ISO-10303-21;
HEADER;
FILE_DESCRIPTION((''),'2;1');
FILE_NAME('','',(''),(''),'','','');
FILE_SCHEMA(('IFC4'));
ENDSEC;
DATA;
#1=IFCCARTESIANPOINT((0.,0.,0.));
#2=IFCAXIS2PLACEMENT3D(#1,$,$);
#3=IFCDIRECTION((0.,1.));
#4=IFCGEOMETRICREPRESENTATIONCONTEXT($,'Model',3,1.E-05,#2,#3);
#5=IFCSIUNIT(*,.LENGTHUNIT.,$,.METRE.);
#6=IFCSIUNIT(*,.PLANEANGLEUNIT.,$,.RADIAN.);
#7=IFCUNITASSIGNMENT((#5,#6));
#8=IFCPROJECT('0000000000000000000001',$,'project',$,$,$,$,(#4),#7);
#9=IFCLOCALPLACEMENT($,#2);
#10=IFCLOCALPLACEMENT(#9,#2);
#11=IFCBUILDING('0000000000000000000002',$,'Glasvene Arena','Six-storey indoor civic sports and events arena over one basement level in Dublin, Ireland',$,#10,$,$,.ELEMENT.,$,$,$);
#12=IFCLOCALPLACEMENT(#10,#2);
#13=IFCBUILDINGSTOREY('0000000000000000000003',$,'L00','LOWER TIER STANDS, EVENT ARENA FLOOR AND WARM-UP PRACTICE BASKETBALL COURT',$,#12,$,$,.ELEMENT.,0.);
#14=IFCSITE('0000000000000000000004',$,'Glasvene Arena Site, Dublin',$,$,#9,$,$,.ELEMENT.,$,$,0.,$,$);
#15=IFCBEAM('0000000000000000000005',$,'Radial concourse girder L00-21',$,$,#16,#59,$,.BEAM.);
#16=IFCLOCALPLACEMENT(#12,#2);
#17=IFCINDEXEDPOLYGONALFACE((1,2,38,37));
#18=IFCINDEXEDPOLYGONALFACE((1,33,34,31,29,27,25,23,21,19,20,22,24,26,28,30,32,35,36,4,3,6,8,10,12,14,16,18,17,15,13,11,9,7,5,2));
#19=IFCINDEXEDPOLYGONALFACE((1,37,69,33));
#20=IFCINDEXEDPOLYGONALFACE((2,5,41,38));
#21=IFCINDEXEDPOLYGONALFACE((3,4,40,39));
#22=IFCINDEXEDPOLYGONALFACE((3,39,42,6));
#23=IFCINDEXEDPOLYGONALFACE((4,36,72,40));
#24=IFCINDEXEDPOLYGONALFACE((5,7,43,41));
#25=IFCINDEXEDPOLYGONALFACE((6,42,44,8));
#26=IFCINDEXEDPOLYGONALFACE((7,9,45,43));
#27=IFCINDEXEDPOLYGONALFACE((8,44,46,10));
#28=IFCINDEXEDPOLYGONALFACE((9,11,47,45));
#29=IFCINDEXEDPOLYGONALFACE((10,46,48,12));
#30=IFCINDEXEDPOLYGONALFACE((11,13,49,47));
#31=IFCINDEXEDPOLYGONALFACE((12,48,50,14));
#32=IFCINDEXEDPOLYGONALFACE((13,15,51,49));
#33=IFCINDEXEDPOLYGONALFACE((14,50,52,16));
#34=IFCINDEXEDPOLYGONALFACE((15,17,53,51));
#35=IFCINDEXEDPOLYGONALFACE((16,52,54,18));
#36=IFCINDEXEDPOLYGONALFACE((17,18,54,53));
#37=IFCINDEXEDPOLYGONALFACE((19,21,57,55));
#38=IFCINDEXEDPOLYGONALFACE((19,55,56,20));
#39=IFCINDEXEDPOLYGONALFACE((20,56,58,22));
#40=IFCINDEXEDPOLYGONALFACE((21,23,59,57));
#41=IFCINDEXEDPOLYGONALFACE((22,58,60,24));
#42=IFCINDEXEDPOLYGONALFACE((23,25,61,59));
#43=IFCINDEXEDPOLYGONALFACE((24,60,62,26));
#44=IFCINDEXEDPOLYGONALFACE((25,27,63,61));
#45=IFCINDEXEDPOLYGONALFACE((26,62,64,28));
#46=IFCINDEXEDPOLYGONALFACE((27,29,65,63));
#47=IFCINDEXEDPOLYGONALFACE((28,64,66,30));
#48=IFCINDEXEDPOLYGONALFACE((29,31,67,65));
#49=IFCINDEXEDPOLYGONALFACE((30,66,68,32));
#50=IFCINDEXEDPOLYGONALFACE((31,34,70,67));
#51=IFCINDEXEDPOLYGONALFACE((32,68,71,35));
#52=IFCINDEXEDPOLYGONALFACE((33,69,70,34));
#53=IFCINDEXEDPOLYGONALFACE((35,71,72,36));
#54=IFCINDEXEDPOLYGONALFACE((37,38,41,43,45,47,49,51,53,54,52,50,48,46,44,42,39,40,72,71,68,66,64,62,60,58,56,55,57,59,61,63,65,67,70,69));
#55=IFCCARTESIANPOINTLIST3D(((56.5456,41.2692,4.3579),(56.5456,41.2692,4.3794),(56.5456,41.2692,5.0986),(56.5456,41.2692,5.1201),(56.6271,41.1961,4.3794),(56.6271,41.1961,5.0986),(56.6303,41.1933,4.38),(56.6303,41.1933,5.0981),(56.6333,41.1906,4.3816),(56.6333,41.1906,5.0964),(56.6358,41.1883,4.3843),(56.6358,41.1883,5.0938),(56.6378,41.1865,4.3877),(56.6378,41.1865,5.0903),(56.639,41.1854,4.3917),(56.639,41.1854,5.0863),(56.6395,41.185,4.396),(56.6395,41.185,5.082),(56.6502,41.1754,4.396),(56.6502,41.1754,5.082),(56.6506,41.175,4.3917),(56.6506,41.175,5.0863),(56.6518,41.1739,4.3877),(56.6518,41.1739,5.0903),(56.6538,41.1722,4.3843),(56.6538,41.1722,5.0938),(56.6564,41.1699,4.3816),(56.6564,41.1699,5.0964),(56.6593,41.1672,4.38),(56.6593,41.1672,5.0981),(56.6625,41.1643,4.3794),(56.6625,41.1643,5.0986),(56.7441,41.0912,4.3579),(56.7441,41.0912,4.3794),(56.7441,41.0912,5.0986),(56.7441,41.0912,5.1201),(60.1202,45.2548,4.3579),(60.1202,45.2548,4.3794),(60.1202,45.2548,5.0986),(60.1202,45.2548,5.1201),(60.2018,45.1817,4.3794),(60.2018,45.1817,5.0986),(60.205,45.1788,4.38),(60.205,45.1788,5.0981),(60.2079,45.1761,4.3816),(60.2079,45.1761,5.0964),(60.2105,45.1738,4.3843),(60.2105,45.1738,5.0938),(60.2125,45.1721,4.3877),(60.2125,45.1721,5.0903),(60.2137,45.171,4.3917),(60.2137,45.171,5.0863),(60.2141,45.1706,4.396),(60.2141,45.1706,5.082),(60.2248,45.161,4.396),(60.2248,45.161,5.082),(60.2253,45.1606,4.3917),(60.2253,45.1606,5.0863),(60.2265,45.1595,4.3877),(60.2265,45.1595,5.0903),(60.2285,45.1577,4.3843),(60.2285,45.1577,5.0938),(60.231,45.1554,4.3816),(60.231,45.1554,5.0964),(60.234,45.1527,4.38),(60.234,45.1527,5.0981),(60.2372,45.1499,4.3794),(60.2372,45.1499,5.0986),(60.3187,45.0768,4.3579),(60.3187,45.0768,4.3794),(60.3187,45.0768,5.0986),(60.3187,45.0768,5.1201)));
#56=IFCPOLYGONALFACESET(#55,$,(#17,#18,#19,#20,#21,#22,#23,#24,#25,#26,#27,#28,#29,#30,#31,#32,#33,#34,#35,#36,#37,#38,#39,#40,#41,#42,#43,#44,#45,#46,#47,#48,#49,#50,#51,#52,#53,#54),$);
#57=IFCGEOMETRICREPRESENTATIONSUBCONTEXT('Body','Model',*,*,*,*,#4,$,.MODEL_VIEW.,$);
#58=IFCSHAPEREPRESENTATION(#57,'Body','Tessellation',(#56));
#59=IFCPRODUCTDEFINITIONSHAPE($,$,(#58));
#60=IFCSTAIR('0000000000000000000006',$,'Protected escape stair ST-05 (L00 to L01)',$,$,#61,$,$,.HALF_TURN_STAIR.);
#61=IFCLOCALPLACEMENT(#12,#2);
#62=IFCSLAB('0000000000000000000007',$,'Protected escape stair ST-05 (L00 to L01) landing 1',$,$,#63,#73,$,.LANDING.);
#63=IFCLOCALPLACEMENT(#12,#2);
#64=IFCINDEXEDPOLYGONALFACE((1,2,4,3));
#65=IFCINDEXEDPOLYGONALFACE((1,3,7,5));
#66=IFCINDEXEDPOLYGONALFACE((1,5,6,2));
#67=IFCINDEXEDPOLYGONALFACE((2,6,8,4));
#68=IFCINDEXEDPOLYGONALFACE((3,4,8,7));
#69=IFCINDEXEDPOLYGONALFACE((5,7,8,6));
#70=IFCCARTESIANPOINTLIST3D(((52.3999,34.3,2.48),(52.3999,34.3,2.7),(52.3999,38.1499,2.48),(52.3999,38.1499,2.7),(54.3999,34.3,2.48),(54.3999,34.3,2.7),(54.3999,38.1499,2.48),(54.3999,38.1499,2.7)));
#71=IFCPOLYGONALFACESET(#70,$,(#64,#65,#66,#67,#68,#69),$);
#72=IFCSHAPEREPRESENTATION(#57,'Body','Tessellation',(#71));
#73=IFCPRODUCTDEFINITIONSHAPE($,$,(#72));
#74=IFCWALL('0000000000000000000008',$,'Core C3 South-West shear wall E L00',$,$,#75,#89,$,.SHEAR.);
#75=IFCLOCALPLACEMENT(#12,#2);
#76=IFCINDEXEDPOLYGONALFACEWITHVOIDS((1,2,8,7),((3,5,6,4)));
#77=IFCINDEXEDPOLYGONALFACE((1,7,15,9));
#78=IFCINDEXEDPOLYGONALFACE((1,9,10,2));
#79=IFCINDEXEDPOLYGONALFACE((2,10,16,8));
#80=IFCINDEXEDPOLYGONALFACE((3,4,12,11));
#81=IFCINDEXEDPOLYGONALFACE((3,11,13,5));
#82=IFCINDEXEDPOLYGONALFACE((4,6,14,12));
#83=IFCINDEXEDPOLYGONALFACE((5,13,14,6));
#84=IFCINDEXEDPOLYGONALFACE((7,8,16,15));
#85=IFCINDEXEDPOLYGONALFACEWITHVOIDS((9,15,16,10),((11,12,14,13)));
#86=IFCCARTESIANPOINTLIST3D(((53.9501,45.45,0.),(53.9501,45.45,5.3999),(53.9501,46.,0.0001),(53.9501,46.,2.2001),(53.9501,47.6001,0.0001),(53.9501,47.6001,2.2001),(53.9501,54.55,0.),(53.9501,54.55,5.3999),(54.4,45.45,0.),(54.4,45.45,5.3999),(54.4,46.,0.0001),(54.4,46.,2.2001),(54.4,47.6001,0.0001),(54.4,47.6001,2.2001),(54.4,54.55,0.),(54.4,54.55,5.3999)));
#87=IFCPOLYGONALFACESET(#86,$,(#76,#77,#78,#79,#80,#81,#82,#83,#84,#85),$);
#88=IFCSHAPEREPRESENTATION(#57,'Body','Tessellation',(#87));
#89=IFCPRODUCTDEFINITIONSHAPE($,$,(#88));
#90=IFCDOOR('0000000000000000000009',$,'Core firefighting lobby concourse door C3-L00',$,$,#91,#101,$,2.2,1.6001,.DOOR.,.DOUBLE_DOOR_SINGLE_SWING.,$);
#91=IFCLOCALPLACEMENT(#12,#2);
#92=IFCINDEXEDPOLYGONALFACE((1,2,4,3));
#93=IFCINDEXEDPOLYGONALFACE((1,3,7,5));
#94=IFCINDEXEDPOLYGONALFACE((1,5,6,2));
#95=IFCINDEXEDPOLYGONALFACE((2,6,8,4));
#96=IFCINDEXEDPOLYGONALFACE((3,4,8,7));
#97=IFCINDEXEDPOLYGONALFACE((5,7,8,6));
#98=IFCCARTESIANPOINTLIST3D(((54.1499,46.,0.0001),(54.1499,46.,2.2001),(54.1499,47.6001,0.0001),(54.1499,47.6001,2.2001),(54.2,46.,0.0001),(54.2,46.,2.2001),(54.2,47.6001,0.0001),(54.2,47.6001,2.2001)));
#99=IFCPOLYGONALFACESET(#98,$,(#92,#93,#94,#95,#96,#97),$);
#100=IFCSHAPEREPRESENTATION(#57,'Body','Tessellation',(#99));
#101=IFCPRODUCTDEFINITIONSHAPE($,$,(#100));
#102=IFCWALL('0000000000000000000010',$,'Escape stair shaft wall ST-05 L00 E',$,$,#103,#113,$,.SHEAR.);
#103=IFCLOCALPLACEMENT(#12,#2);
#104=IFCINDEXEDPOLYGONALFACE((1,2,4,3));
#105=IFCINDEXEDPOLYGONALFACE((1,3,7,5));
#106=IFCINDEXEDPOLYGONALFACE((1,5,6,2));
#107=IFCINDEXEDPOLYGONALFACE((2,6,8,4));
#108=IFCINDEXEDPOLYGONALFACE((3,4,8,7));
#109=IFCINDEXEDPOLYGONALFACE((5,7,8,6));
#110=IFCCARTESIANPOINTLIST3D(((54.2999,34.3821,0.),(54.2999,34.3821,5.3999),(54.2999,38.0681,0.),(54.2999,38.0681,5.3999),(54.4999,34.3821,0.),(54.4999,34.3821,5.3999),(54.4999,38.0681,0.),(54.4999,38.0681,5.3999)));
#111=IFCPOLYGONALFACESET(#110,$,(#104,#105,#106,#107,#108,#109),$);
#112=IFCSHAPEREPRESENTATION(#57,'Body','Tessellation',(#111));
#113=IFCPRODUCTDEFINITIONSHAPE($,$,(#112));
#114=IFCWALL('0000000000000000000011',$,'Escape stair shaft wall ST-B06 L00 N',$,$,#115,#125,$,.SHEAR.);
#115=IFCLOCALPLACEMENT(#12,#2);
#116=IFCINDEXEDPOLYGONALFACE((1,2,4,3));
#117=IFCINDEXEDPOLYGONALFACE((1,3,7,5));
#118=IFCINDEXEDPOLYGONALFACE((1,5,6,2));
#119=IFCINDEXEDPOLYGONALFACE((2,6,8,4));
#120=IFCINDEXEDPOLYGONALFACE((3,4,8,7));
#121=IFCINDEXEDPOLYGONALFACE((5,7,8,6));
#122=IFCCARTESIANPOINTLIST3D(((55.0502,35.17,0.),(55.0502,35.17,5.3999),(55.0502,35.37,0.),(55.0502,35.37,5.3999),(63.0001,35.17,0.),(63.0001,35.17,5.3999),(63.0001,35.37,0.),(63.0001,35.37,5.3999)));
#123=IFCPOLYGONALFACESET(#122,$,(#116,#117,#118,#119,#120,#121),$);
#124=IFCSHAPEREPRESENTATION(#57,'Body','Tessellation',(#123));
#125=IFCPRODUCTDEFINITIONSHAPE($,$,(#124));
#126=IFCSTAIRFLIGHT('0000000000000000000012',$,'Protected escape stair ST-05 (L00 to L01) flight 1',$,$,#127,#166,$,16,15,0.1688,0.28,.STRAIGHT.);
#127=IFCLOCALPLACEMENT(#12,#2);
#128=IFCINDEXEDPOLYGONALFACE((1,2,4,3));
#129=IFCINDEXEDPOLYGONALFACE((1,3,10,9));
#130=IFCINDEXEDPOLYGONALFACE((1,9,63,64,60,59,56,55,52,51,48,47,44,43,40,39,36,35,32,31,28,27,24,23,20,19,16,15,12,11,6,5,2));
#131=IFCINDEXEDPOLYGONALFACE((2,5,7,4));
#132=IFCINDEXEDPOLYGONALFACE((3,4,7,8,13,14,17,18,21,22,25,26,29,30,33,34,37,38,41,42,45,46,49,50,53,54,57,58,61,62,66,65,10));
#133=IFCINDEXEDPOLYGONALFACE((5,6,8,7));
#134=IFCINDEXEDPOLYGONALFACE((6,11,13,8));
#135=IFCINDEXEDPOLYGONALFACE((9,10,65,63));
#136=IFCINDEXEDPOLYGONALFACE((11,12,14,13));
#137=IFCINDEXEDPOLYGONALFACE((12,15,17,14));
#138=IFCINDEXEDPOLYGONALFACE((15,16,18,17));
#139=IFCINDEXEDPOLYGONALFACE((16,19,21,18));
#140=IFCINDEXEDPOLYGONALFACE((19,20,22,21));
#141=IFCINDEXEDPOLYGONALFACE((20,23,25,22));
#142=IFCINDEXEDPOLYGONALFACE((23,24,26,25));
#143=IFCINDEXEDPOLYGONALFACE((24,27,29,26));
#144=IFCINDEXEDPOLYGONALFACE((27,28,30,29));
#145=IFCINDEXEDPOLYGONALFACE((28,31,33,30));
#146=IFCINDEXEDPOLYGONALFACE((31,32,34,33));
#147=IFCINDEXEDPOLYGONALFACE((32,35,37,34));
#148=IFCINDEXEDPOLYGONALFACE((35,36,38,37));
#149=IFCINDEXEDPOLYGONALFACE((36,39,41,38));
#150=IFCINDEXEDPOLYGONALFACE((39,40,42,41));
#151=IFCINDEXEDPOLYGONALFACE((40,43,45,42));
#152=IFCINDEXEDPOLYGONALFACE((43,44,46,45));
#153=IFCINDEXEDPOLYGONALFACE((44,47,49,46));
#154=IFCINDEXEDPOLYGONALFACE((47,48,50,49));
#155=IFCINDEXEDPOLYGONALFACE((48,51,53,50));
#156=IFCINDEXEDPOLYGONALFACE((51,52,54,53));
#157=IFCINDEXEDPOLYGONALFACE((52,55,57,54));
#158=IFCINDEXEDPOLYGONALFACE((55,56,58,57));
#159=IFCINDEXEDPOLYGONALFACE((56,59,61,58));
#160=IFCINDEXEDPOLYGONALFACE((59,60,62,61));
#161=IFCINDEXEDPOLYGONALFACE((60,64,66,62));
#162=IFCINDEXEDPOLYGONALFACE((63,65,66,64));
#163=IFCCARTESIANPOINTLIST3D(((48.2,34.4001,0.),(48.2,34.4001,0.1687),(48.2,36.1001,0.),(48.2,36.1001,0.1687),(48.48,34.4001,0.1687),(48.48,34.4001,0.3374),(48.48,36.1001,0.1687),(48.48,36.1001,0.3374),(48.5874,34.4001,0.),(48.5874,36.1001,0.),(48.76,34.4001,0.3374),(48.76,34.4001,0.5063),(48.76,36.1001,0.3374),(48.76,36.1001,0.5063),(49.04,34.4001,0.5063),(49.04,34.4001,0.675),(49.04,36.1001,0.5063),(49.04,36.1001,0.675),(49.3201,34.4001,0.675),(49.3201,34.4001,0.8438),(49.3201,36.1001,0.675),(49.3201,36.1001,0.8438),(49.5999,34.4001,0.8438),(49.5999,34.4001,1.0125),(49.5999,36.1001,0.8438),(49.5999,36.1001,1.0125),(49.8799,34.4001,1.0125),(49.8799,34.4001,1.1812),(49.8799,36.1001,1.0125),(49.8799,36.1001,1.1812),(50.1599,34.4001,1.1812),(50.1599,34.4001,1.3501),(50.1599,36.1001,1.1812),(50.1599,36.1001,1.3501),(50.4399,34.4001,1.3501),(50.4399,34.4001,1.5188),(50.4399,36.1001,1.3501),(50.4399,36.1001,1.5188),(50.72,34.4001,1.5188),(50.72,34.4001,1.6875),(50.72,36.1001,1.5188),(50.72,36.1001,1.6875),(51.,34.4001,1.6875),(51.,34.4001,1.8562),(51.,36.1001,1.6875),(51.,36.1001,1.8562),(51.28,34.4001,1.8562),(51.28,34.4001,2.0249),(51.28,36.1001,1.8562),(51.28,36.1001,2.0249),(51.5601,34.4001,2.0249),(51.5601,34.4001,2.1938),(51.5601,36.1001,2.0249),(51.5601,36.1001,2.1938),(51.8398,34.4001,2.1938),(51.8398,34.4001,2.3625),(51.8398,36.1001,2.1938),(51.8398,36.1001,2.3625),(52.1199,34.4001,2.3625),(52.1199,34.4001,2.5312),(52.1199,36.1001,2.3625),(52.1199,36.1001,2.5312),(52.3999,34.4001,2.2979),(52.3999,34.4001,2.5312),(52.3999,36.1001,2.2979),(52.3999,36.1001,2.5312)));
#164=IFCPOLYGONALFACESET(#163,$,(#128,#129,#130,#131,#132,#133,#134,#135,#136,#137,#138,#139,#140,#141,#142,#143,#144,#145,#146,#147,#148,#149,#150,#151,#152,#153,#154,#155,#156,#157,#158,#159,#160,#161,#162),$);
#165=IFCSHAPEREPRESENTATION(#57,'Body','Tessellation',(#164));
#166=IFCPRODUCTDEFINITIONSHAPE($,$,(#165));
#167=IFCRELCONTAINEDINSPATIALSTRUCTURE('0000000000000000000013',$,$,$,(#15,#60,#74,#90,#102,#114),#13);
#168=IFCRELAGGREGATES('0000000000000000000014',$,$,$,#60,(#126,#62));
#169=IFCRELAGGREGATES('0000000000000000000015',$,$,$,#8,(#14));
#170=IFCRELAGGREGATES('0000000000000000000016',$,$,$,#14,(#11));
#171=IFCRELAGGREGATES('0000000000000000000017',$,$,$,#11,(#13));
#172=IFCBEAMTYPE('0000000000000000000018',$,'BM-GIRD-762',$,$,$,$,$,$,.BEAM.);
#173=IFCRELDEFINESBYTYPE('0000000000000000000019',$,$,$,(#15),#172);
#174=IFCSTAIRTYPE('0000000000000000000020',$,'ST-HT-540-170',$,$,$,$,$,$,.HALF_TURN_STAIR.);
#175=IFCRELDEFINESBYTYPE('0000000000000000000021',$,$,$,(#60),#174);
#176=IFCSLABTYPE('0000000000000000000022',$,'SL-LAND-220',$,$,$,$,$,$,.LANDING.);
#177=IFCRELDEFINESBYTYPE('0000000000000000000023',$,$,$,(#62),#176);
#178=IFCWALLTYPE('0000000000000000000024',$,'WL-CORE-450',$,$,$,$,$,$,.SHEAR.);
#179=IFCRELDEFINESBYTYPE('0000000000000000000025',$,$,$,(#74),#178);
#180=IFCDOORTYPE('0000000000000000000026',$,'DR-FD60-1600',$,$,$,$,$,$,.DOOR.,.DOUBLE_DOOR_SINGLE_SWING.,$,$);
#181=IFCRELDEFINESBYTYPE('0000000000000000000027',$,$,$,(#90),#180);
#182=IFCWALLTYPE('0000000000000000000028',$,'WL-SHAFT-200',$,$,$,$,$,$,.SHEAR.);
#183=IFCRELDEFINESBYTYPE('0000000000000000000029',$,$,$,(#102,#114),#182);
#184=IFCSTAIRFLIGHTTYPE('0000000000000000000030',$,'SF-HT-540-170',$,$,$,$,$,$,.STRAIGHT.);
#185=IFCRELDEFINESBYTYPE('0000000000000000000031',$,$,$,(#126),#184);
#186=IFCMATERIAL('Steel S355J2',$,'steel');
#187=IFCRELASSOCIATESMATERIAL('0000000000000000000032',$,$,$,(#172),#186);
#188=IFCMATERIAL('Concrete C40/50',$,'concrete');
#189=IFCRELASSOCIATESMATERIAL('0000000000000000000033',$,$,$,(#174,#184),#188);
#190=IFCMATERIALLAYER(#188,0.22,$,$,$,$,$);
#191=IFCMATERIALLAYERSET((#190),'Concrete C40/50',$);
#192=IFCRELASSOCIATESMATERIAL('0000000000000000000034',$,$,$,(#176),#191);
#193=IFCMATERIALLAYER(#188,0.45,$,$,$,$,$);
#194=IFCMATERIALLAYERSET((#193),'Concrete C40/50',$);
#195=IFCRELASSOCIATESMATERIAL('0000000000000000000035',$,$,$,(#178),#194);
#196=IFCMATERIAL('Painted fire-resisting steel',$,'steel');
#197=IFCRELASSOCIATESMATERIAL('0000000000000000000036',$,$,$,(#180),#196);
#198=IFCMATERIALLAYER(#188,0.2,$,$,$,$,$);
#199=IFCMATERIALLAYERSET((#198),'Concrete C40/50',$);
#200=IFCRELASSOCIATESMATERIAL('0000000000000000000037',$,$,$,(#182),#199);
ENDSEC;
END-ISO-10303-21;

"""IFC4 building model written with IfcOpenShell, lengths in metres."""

from ifc_helpers import new_model, si_unit, direction, frame, frame_2d, origin, origin_2d, place, context, subcontext, project, spatial, polyline, rectangle, i_section, outline, extrude, material, layer, layer_set, material_profile, profile_set, type_object, element, fill, aggregate, save


model = new_model("IFC4")

# Units and contexts
model_context = context("Model", 3, precision=1e-05, world=origin(), true_north=direction((0.0, 1.0)))
body_context = subcontext(model_context, "Body", "Model", "MODEL_VIEW")
ifc_project = project(units=[si_unit("LENGTHUNIT", "METRE"), si_unit("PLANEANGLEUNIT", "RADIAN")], contexts=[model_context])

# Site, building, storey
site_placement = place(None, origin())
site = spatial("IfcSite", under=ifc_project, at=site_placement, Name="Glasvene Arena Site, Dublin", CompositionType="ELEMENT", RefElevation=0.0)
building_placement = place(site_placement, origin())
building = spatial("IfcBuilding", under=site, at=building_placement, Name="Glasvene Arena", Description="Six-storey indoor civic sports and events arena over one basement level in Dublin, Ireland", CompositionType="ELEMENT")
storey_placement = place(building_placement, origin())
storey = spatial("IfcBuildingStorey", under=building, at=storey_placement, Name="L00", Description="LOWER TIER STANDS, EVENT ARENA FLOOR AND WARM-UP PRACTICE BASKETBALL COURT", CompositionType="ELEMENT", Elevation=0.0)

# Shared definitions
ifc_material_1 = material(Name="Concrete C40/50", Category="concrete")
ifc_material_2 = material(Name="Steel S355J2", Category="steel")

# Beam
ifc_material_profile_1 = material_profile(ifc_material_2, i_section(OverallWidth=0.2666, OverallDepth=0.7622, WebThickness=0.0144, FlangeThickness=0.0215, FilletRadius=0.0166, at=origin_2d()), Name="UKB 762x267x173")
ifc_profile_set_1 = profile_set([ifc_material_profile_1], Name="Steel S355J2")
beam_type_1 = type_object("IfcBeamType", Name="BM-GIRD-762", PredefinedType="BEAM", material=ifc_profile_set_1)
beam_1_placement = place(storey_placement, frame((60.2195, 45.1658, 4.739), z_axis=(-0.667691, -0.744438, 0.0), x_axis=(0.744438, -0.667691, 0.0)))
element("IfcBeam", 1, at=beam_1_placement, inside=storey, type_object=beam_type_1, Name="Radial concourse girder L00-21", PredefinedType="BEAM", context=body_context, shape_type="SweptSolid", body=[
    extrude(i_section(OverallWidth=0.2666, OverallDepth=0.7622, WebThickness=0.0144, FlangeThickness=0.0215, FilletRadius=0.0166, at=origin_2d()), origin(), (0.0, 0.0, 1.0), 5.3538),
])

# Stair, slab
stair_type = type_object("IfcStairType", Name="ST-HT-540-170", PredefinedType="HALF_TURN_STAIR", material=ifc_material_1)
stair_placement = place(storey_placement, origin())
stair = element("IfcStair", 2, at=stair_placement, inside=storey, type_object=stair_type, Name="Protected escape stair ST-05 (L00 to L01)", PredefinedType="HALF_TURN_STAIR")
ifc_layer_1 = layer(ifc_material_1, 0.22)
ifc_layer_set_1 = layer_set([ifc_layer_1], Name="Concrete C40/50")
slab_type_1 = type_object("IfcSlabType", Name="SL-LAND-220", PredefinedType="LANDING", material=ifc_layer_set_1)
slab_1_placement = place(storey_placement, frame((53.3999, 36.2251, 2.48)))
slab_1 = element("IfcSlab", 3, at=slab_1_placement, type_object=slab_type_1, Name="Protected escape stair ST-05 (L00 to L01) landing 1", PredefinedType="LANDING", context=body_context, shape_type="SweptSolid", body=[
    extrude(outline(polyline([(-1.0, -1.925), (1.0, -1.925), (1.0, 1.9248), (-1.0, 1.9248), (-1.0, -1.925)])), origin(), (0.0, 0.0, 1.0), 0.22),
])

# Wall, opening, door
ifc_layer_2 = layer(ifc_material_1, 0.45)
ifc_layer_set_2 = layer_set([ifc_layer_2], Name="Concrete C40/50")
wall_type_1 = type_object("IfcWallType", Name="WL-CORE-450", PredefinedType="SHEAR", material=ifc_layer_set_2)
wall_1_placement = place(storey_placement, frame((54.175, 45.45, 0.0), z_axis=(0.0, 0.0, 1.0), x_axis=(0.0, 1.0, 0.0)))
wall_1 = element("IfcWall", 4, at=wall_1_placement, inside=storey, type_object=wall_type_1, Name="Core C3 South-West shear wall E L00", PredefinedType="SHEAR", context=body_context, shape_type="SweptSolid", body=[
    extrude(rectangle(XDim=9.1001, YDim=0.45, at=frame_2d((4.55, 0.0))), origin(), (0.0, 0.0, 1.0), 5.3999),
])
opening_placement = place(wall_1_placement, frame((0.55, 0.0, 0.0)))
opening = element("IfcOpeningElement", 5, at=opening_placement, cuts=wall_1, PredefinedType="OPENING", context=body_context, shape_type="SweptSolid", body=[
    extrude(rectangle(XDim=1.6001, YDim=2.2, at=frame_2d((0.8, 1.1001))), frame((0.0, 0.2349, 0.0), z_axis=(0.0, -1.0, 0.0), x_axis=(1.0, 0.0, 0.0)), (0.0, 0.0, 1.0), 0.47),
])
ifc_material_3 = material(Name="Painted fire-resisting steel", Category="steel")
door_type = type_object("IfcDoorType", Name="DR-FD60-1600", OperationType="DOUBLE_DOOR_SINGLE_SWING", PredefinedType="DOOR", material=ifc_material_3)
door_placement = place(opening_placement, frame((1.6001, 0.0, 0.0), z_axis=(0.0, 0.0, 1.0), x_axis=(-1.0, 0.0, 0.0)))
door = element("IfcDoor", 6, at=door_placement, inside=storey, type_object=door_type, Name="Core firefighting lobby concourse door C3-L00", OperationType="DOUBLE_DOOR_SINGLE_SWING", OverallHeight=2.2, OverallWidth=1.6001, PredefinedType="DOOR", context=body_context, shape_type="SweptSolid", body=[
    extrude(rectangle(XDim=1.6001, YDim=2.2, at=frame_2d((0.8, 1.1001))), frame((0.0, 0.0249, 0.0), z_axis=(0.0, -1.0, 0.0), x_axis=(1.0, 0.0, 0.0)), (0.0, 0.0, 1.0), 0.05),
])
fill(opening, door)

# Walls
ifc_layer_3 = layer(ifc_material_1, 0.2)
ifc_layer_set_3 = layer_set([ifc_layer_3], Name="Concrete C40/50")
wall_type_2 = type_object("IfcWallType", Name="WL-SHAFT-200", PredefinedType="SHEAR", material=ifc_layer_set_3)
wall_2_placement = place(storey_placement, frame((54.3999, 34.3821, 0.0), z_axis=(0.0, 0.0, 1.0), x_axis=(0.0, 1.0, 0.0)))
element("IfcWall", 7, at=wall_2_placement, inside=storey, type_object=wall_type_2, Name="Escape stair shaft wall ST-05 L00 E", PredefinedType="SHEAR", context=body_context, shape_type="SweptSolid", body=[
    extrude(rectangle(XDim=3.686, YDim=0.2, at=frame_2d((1.843, 0.0))), origin(), (0.0, 0.0, 1.0), 5.3999),
])
wall_3_placement = place(storey_placement, frame((55.05, 35.27, 0.0), z_axis=(0.0, 0.0, 1.0), x_axis=(1.0, 0.0, 0.0)))
element("IfcWall", 8, at=wall_3_placement, inside=storey, type_object=wall_type_2, Name="Escape stair shaft wall ST-B06 L00 N", PredefinedType="SHEAR", context=body_context, shape_type="SweptSolid", body=[
    extrude(rectangle(XDim=7.95, YDim=0.2, at=frame_2d((3.9751, 0.0))), origin(), (0.0, 0.0, 1.0), 5.3999),
])

# Stair flight
stair_flight_type = type_object("IfcStairFlightType", Name="SF-HT-540-170", PredefinedType="STRAIGHT", material=ifc_material_1)
stair_flight_1_placement = place(storey_placement, frame((48.2, 35.25, 0.0), z_axis=(0.0, 0.0, 1.0), x_axis=(1.0, 0.0, 0.0)))
stair_flight_1 = element("IfcStairFlight", 9, at=stair_flight_1_placement, type_object=stair_flight_type, Name="Protected escape stair ST-05 (L00 to L01) flight 1", NumberOfRisers=16, NumberOfTreads=15, PredefinedType="STRAIGHT", RiserHeight=0.1688, TreadLength=0.28, context=body_context, shape_type="SweptSolid", body=[
    extrude(outline(polyline([(0.0, 0.0), (0.0, 0.1687), (0.28, 0.1687), (0.28, 0.3374), (0.5601, 0.3374), (0.5601, 0.5063), (0.8401, 0.5063), (0.8401, 0.675), (1.1201, 0.675), (1.1201, 0.8438), (1.3999, 0.8438), (1.3999, 1.0125), (1.6799, 1.0125), (1.6799, 1.1812), (1.96, 1.1812), (1.96, 1.3501), (2.24, 1.3501), (2.24, 1.5188), (2.52, 1.5188), (2.52, 1.6875), (2.8, 1.6875), (2.8, 1.8562), (3.0801, 1.8562), (3.0801, 2.0249), (3.3601, 2.0249), (3.3601, 2.1938), (3.6399, 2.1938), (3.6399, 2.3625), (3.9199, 2.3625), (3.9199, 2.5312), (4.2, 2.5312), (4.2, 2.7), (4.2, 2.2979), (0.3875, 0.0), (0.0, 0.0)])), frame((0.0, 0.8501, 0.0), z_axis=(0.0, -1.0, 0.0), x_axis=(1.0, 0.0, 0.0)), (0.0, 0.0, 1.0), 1.7),
])
aggregate(stair, [stair_flight_1, slab_1])

save(model, "model.ifc")
